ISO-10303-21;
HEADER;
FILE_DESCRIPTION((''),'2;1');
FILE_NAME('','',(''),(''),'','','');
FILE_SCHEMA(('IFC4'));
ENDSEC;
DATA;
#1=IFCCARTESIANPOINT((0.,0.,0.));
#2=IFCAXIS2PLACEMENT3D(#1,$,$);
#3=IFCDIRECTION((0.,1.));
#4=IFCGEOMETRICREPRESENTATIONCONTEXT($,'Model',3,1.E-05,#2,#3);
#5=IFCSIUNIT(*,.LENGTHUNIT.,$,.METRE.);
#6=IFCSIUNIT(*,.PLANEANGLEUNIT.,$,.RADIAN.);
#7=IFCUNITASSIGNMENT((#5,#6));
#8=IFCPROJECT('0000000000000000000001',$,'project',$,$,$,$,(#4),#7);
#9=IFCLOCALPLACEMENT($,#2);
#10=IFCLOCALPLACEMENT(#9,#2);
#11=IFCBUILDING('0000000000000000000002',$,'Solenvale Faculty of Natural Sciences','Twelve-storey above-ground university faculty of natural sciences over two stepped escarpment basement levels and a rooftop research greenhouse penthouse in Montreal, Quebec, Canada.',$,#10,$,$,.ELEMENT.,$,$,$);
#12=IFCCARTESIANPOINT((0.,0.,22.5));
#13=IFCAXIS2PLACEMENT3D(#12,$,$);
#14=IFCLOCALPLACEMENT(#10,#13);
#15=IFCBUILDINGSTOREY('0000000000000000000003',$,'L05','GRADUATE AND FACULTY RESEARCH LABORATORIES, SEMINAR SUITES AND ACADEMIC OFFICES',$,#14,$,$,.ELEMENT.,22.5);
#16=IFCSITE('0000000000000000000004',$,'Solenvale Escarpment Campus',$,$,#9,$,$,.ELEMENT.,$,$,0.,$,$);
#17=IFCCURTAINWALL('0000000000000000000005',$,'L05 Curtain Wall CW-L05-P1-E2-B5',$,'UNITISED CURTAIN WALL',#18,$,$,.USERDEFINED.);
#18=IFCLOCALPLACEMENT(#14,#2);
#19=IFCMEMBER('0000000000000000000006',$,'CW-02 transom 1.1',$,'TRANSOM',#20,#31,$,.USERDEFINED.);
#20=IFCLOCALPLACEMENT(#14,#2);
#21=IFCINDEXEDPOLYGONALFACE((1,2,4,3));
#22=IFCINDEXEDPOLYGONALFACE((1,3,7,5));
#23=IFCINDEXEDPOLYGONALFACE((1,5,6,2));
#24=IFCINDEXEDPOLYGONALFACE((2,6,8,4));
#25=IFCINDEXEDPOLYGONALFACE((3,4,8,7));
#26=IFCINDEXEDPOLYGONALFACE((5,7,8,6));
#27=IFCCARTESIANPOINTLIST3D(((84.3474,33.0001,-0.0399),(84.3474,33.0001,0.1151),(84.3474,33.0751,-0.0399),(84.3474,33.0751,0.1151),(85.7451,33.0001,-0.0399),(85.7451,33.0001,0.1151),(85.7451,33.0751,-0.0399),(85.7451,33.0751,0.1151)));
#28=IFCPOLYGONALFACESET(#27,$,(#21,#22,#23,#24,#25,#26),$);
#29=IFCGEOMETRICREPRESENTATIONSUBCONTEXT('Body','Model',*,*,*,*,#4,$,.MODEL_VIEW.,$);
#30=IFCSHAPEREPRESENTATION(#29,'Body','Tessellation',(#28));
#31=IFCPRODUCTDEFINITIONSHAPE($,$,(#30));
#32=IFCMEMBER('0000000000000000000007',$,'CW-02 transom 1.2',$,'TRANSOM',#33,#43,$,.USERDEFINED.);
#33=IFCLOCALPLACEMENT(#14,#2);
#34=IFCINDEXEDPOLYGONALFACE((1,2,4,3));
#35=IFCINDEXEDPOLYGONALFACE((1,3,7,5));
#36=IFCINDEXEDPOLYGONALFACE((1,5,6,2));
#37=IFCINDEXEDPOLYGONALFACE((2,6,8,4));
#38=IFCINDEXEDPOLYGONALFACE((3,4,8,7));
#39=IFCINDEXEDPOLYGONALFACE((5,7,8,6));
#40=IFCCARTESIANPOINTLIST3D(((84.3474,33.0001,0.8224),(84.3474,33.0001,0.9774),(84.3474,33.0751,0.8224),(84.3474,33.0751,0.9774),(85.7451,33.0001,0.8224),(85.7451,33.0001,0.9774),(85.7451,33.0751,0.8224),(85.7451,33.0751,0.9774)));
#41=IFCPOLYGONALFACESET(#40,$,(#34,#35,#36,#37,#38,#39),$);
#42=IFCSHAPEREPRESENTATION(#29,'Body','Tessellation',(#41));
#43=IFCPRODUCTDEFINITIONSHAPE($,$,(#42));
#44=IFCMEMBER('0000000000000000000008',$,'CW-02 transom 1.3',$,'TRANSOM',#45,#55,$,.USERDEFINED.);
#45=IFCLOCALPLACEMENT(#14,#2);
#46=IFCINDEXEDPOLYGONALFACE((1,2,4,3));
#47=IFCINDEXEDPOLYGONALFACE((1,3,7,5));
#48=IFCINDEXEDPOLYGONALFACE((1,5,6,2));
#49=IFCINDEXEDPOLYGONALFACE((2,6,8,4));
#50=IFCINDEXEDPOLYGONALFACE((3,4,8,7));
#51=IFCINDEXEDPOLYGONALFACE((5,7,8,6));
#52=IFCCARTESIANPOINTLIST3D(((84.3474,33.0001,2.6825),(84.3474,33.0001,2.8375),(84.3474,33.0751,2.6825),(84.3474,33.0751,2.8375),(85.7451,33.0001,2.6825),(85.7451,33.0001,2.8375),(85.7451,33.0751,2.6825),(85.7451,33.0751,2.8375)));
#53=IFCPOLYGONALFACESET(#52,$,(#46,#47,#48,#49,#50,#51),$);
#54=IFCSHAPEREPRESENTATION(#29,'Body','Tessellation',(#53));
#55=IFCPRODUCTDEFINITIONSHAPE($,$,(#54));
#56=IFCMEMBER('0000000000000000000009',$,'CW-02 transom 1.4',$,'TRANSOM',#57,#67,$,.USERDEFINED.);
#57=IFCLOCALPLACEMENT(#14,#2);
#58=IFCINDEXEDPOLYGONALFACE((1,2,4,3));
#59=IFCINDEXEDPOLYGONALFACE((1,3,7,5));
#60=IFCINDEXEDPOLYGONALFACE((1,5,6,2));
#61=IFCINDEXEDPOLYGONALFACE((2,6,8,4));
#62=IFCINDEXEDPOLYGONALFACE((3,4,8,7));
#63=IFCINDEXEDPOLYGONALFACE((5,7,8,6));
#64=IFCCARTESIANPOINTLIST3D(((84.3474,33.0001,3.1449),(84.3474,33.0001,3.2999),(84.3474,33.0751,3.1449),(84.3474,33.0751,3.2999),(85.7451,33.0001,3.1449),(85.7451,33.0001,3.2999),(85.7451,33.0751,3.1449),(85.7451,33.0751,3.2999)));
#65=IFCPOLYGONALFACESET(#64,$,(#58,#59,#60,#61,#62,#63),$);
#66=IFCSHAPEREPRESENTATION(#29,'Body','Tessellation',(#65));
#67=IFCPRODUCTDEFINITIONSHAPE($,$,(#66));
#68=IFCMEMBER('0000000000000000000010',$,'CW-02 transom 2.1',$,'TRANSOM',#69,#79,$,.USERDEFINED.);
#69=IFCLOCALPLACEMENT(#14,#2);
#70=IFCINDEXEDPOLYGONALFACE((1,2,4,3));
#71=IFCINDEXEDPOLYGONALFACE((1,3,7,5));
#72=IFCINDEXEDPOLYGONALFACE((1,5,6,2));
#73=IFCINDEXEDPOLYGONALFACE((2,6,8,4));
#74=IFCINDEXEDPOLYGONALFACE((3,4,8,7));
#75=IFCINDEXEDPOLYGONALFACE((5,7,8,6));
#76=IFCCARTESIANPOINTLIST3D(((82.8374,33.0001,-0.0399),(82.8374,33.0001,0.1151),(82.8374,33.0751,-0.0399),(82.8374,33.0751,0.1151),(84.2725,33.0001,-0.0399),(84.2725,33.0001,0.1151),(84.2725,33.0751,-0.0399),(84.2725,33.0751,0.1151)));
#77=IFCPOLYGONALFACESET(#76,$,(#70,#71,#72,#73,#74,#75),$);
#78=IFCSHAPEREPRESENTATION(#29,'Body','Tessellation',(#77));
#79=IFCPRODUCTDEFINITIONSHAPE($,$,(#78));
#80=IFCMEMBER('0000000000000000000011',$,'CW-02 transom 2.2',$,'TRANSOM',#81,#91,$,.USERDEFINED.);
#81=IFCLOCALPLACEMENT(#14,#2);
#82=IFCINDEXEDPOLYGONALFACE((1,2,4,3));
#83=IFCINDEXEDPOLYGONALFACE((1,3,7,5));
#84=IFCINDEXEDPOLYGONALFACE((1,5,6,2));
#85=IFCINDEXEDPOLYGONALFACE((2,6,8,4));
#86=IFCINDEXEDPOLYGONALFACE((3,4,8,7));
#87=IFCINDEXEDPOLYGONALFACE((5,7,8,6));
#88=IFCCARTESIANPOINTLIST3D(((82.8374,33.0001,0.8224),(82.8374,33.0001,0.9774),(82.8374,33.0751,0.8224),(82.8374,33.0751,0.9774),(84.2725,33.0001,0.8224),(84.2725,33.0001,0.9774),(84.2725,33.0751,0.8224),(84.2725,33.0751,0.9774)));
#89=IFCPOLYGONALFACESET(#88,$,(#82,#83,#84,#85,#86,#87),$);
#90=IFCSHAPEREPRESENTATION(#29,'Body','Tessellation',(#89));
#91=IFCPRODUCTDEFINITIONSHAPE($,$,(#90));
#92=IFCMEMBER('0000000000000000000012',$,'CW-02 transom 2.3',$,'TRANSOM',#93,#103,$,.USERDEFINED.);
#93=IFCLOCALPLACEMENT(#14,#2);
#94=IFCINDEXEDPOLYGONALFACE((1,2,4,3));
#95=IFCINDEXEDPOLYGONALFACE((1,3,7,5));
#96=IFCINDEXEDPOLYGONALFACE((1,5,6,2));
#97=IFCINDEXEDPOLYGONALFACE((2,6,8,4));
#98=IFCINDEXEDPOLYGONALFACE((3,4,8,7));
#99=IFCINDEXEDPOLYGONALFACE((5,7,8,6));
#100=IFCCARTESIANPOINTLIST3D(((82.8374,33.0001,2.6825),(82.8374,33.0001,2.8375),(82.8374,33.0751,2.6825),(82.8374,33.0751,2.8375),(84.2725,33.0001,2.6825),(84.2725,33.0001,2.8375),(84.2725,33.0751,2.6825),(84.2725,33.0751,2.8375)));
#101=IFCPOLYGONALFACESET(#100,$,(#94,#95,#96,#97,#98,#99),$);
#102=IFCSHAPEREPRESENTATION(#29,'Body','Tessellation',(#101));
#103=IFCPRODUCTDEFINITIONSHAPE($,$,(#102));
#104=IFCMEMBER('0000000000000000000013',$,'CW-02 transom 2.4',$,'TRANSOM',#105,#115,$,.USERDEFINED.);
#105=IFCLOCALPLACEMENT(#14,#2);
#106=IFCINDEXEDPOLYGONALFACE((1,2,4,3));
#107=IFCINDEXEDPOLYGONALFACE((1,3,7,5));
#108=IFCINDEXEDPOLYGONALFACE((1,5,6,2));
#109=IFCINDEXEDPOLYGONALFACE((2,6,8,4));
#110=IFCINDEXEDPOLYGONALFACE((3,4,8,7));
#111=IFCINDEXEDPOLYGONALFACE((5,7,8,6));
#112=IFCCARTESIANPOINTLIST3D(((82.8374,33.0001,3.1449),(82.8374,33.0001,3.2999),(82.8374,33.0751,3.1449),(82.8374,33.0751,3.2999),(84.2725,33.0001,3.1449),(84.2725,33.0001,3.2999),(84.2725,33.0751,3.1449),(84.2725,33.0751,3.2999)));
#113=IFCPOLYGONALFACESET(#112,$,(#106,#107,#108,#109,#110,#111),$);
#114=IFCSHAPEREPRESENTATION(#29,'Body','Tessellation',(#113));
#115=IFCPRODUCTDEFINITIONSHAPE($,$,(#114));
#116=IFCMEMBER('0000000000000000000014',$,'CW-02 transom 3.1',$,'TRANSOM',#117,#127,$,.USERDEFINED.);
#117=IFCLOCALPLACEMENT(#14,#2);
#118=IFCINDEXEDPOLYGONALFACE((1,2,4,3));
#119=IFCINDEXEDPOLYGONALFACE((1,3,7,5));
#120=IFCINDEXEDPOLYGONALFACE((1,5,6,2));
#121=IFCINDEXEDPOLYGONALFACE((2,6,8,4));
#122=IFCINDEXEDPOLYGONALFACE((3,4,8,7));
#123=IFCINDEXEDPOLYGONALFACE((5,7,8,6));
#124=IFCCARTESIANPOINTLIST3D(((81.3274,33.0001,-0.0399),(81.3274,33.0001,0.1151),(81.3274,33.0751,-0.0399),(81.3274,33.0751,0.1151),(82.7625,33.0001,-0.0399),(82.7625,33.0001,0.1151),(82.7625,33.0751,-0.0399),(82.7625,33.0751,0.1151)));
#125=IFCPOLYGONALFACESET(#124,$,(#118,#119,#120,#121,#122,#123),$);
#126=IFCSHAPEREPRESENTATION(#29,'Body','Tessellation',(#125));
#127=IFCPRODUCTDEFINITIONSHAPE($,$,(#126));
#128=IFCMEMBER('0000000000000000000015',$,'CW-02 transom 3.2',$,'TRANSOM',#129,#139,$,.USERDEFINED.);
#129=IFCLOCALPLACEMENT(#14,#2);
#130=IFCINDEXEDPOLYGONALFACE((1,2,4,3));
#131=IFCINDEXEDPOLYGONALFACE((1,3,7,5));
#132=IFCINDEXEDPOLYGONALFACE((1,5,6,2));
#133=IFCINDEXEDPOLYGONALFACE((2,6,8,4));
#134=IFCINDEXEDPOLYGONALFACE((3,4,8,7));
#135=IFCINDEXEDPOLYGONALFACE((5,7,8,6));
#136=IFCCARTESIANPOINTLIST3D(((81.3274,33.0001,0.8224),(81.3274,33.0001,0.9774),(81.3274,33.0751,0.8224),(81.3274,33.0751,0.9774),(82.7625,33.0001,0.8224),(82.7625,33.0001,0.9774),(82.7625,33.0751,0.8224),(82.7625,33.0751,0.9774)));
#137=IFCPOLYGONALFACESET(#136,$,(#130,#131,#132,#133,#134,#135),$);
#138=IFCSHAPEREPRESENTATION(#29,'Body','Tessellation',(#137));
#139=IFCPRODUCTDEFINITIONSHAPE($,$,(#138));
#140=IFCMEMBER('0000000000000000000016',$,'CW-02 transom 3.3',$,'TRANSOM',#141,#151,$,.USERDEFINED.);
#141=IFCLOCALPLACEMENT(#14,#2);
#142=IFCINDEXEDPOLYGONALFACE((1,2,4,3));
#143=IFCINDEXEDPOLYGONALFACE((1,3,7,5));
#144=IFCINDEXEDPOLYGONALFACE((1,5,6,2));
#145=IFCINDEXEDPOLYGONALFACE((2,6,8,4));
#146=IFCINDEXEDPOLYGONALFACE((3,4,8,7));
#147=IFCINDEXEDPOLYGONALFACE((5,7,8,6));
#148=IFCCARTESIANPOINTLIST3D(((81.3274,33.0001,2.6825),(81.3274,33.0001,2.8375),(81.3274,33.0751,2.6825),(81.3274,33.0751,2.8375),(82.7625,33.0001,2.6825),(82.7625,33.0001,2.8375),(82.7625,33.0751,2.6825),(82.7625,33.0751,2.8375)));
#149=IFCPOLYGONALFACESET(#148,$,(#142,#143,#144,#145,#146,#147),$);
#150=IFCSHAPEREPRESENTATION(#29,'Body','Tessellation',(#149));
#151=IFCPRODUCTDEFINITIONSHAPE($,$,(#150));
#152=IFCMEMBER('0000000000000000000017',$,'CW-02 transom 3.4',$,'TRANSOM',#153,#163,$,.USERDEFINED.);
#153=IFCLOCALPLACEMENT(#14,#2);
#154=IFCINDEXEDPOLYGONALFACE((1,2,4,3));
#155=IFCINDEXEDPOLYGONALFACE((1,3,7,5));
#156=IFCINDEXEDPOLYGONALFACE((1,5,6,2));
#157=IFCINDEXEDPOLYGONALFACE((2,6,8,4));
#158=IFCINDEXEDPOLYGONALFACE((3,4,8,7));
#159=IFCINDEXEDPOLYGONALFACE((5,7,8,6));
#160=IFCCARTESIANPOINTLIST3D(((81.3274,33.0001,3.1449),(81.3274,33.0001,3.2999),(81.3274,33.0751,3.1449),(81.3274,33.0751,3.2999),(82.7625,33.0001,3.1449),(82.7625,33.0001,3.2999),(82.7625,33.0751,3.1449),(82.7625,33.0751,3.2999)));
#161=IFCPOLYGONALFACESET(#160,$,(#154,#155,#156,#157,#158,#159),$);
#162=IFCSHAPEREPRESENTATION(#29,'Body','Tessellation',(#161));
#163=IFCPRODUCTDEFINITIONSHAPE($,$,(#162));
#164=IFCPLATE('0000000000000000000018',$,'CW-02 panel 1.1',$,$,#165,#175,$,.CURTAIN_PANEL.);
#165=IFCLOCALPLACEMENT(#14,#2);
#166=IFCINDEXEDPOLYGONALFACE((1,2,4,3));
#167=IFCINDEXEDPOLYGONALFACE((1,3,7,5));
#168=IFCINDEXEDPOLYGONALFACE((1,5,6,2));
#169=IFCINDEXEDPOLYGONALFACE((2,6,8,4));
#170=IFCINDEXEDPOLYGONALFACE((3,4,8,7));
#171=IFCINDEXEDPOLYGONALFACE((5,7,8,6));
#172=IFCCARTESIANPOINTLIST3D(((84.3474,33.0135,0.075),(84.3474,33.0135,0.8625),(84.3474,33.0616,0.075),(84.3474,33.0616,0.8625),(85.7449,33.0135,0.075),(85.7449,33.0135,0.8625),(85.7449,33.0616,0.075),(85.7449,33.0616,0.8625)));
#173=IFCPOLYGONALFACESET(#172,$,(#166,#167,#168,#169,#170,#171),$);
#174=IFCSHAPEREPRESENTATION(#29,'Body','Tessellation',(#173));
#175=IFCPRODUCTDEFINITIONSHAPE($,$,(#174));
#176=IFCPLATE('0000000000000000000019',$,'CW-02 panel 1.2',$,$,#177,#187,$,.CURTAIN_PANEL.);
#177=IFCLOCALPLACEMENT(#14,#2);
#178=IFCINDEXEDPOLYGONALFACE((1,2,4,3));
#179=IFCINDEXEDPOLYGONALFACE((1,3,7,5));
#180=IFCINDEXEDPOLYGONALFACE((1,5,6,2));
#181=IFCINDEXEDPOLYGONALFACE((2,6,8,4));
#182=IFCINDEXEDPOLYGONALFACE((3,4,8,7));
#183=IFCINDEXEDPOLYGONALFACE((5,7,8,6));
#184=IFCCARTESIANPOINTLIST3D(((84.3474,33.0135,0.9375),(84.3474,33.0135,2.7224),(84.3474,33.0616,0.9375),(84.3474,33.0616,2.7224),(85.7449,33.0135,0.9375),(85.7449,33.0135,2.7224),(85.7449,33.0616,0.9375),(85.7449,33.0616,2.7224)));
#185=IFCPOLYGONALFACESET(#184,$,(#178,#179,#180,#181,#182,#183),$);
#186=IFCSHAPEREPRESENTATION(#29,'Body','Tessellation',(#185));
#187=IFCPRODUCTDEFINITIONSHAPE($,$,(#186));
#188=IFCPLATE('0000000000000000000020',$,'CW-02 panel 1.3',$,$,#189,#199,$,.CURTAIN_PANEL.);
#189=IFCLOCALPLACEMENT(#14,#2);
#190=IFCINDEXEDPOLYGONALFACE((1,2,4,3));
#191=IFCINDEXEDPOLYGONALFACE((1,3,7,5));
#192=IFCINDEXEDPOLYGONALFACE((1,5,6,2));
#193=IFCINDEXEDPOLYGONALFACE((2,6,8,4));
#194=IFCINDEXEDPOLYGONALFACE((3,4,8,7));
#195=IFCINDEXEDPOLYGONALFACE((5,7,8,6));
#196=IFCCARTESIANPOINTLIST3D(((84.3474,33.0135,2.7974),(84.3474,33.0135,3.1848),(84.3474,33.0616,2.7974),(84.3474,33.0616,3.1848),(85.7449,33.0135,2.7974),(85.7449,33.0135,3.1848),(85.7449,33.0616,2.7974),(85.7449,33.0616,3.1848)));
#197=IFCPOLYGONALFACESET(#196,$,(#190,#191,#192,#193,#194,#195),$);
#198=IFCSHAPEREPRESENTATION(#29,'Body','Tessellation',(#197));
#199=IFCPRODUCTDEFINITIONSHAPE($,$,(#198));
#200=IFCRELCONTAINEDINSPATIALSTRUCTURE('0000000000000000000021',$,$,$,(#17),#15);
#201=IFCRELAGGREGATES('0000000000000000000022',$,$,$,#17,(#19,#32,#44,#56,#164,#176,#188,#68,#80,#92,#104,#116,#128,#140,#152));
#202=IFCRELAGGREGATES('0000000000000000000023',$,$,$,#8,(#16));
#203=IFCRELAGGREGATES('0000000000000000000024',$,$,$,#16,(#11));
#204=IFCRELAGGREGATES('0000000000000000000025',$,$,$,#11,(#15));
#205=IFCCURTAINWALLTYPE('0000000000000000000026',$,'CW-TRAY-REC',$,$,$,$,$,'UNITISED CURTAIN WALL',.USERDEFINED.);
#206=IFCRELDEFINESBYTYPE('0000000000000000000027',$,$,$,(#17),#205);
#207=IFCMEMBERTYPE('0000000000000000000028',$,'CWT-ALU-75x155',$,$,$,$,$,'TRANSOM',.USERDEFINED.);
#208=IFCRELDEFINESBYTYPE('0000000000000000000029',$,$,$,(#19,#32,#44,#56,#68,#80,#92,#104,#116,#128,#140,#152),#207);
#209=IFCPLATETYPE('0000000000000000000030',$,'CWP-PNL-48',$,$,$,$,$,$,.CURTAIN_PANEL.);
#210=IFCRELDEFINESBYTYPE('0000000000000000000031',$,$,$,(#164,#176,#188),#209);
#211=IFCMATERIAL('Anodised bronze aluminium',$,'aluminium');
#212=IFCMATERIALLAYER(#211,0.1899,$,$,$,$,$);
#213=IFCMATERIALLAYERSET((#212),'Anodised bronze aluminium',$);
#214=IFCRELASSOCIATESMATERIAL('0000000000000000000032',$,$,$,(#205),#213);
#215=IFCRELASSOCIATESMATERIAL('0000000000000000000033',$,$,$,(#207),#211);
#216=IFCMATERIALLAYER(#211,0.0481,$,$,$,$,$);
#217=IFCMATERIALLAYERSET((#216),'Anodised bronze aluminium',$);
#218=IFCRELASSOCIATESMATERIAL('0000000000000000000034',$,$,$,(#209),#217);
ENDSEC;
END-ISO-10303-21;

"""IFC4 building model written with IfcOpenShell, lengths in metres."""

from ifc_helpers import new_model, si_unit, direction, frame, origin, origin_2d, place, context, subcontext, project, spatial, rectangle, extrude, material, layer, layer_set, material_profile, profile_set, type_object, element, aggregate, save


model = new_model("IFC4")

# Units and contexts
model_context = context("Model", 3, precision=1e-05, world=origin(), true_north=direction((0.0, 1.0)))
body_context = subcontext(model_context, "Body", "Model", "MODEL_VIEW")
ifc_project = project(units=[si_unit("LENGTHUNIT", "METRE"), si_unit("PLANEANGLEUNIT", "RADIAN")], contexts=[model_context])

# Site, building, storey
site_placement = place(None, origin())
site = spatial("IfcSite", under=ifc_project, at=site_placement, Name="Solenvale Escarpment Campus", CompositionType="ELEMENT", RefElevation=0.0)
building_placement = place(site_placement, origin())
building = spatial("IfcBuilding", under=site, at=building_placement, Name="Solenvale Faculty of Natural Sciences", Description="Twelve-storey above-ground university faculty of natural sciences over two stepped escarpment basement levels and a rooftop research greenhouse penthouse in Montreal, Quebec, Canada.", CompositionType="ELEMENT")
storey_placement = place(building_placement, frame((0.0, 0.0, 22.5)))
storey = spatial("IfcBuildingStorey", under=building, at=storey_placement, Name="L05", Description="GRADUATE AND FACULTY RESEARCH LABORATORIES, SEMINAR SUITES AND ACADEMIC OFFICES", CompositionType="ELEMENT", Elevation=22.5)

# Shared definitions
ifc_material_1 = material(Name="Anodised bronze aluminium", Category="aluminium")
ifc_layer_1 = layer(ifc_material_1, 0.1899)
ifc_layer_set_1 = layer_set([ifc_layer_1], Name="Anodised bronze aluminium")
curtain_wall_type = type_object("IfcCurtainWallType", Name="CW-TRAY-REC", ElementType="UNITISED CURTAIN WALL", PredefinedType="USERDEFINED", material=ifc_layer_set_1)

# Curtain wall, members, plates
curtain_wall_1_placement = place(storey_placement, origin())
curtain_wall_1 = element("IfcCurtainWall", 1, at=curtain_wall_1_placement, inside=storey, type_object=curtain_wall_type, Name="L05 Curtain Wall CW-L05-P1-E2-B5", ObjectType="UNITISED CURTAIN WALL", PredefinedType="USERDEFINED")
ifc_material_profile_1 = material_profile(ifc_material_1, rectangle(XDim=0.075, YDim=0.155, at=origin_2d()), Name="ALU-TRN-75x155")
ifc_profile_set_1 = profile_set([ifc_material_profile_1], Name="Anodised bronze aluminium")
member_type_1 = type_object("IfcMemberType", Name="CWT-ALU-75x155", ElementType="TRANSOM", PredefinedType="USERDEFINED", material=ifc_profile_set_1)
member_1_placement = place(storey_placement, frame((85.7451, 33.0376, 0.0376), z_axis=(-1.0, 0.0, 0.0), x_axis=(0.0, -1.0, 0.0)))
member_1 = element("IfcMember", 2, at=member_1_placement, type_object=member_type_1, Name="CW-02 transom 1.1", ObjectType="TRANSOM", PredefinedType="USERDEFINED", context=body_context, shape_type="SweptSolid", body=[
    extrude(rectangle(XDim=0.075, YDim=0.155, at=origin_2d()), origin(), (0.0, 0.0, 1.0), 1.3977),
])
member_2_placement = place(storey_placement, frame((85.7451, 33.0376, 0.8999), z_axis=(-1.0, 0.0, 0.0), x_axis=(0.0, -1.0, 0.0)))
member_2 = element("IfcMember", 3, at=member_2_placement, type_object=member_type_1, Name="CW-02 transom 1.2", ObjectType="TRANSOM", PredefinedType="USERDEFINED", context=body_context, shape_type="SweptSolid", body=[
    extrude(rectangle(XDim=0.075, YDim=0.155, at=origin_2d()), origin(), (0.0, 0.0, 1.0), 1.3977),
])
member_3_placement = place(storey_placement, frame((85.7451, 33.0376, 2.76), z_axis=(-1.0, 0.0, 0.0), x_axis=(0.0, -1.0, 0.0)))
member_3 = element("IfcMember", 4, at=member_3_placement, type_object=member_type_1, Name="CW-02 transom 1.3", ObjectType="TRANSOM", PredefinedType="USERDEFINED", context=body_context, shape_type="SweptSolid", body=[
    extrude(rectangle(XDim=0.075, YDim=0.155, at=origin_2d()), origin(), (0.0, 0.0, 1.0), 1.3977),
])
member_4_placement = place(storey_placement, frame((85.7451, 33.0376, 3.2224), z_axis=(-1.0, 0.0, 0.0), x_axis=(0.0, -1.0, 0.0)))
member_4 = element("IfcMember", 5, at=member_4_placement, type_object=member_type_1, Name="CW-02 transom 1.4", ObjectType="TRANSOM", PredefinedType="USERDEFINED", context=body_context, shape_type="SweptSolid", body=[
    extrude(rectangle(XDim=0.075, YDim=0.155, at=origin_2d()), origin(), (0.0, 0.0, 1.0), 1.3977),
])
member_5_placement = place(storey_placement, frame((84.2725, 33.0376, 0.0376), z_axis=(-1.0, 0.0, 0.0), x_axis=(0.0, -1.0, 0.0)))
member_5 = element("IfcMember", 6, at=member_5_placement, type_object=member_type_1, Name="CW-02 transom 2.1", ObjectType="TRANSOM", PredefinedType="USERDEFINED", context=body_context, shape_type="SweptSolid", body=[
    extrude(rectangle(XDim=0.075, YDim=0.155, at=origin_2d()), origin(), (0.0, 0.0, 1.0), 1.4351),
])
member_6_placement = place(storey_placement, frame((84.2725, 33.0376, 0.8999), z_axis=(-1.0, 0.0, 0.0), x_axis=(0.0, -1.0, 0.0)))
member_6 = element("IfcMember", 7, at=member_6_placement, type_object=member_type_1, Name="CW-02 transom 2.2", ObjectType="TRANSOM", PredefinedType="USERDEFINED", context=body_context, shape_type="SweptSolid", body=[
    extrude(rectangle(XDim=0.075, YDim=0.155, at=origin_2d()), origin(), (0.0, 0.0, 1.0), 1.4351),
])
member_7_placement = place(storey_placement, frame((84.2725, 33.0376, 2.76), z_axis=(-1.0, 0.0, 0.0), x_axis=(0.0, -1.0, 0.0)))
member_7 = element("IfcMember", 8, at=member_7_placement, type_object=member_type_1, Name="CW-02 transom 2.3", ObjectType="TRANSOM", PredefinedType="USERDEFINED", context=body_context, shape_type="SweptSolid", body=[
    extrude(rectangle(XDim=0.075, YDim=0.155, at=origin_2d()), origin(), (0.0, 0.0, 1.0), 1.4351),
])
member_8_placement = place(storey_placement, frame((84.2725, 33.0376, 3.2224), z_axis=(-1.0, 0.0, 0.0), x_axis=(0.0, -1.0, 0.0)))
member_8 = element("IfcMember", 9, at=member_8_placement, type_object=member_type_1, Name="CW-02 transom 2.4", ObjectType="TRANSOM", PredefinedType="USERDEFINED", context=body_context, shape_type="SweptSolid", body=[
    extrude(rectangle(XDim=0.075, YDim=0.155, at=origin_2d()), origin(), (0.0, 0.0, 1.0), 1.4351),
])
member_9_placement = place(storey_placement, frame((82.7625, 33.0376, 0.0376), z_axis=(-1.0, 0.0, 0.0), x_axis=(0.0, -1.0, 0.0)))
member_9 = element("IfcMember", 10, at=member_9_placement, type_object=member_type_1, Name="CW-02 transom 3.1", ObjectType="TRANSOM", PredefinedType="USERDEFINED", context=body_context, shape_type="SweptSolid", body=[
    extrude(rectangle(XDim=0.075, YDim=0.155, at=origin_2d()), origin(), (0.0, 0.0, 1.0), 1.4351),
])
member_10_placement = place(storey_placement, frame((82.7625, 33.0376, 0.8999), z_axis=(-1.0, 0.0, 0.0), x_axis=(0.0, -1.0, 0.0)))
member_10 = element("IfcMember", 11, at=member_10_placement, type_object=member_type_1, Name="CW-02 transom 3.2", ObjectType="TRANSOM", PredefinedType="USERDEFINED", context=body_context, shape_type="SweptSolid", body=[
    extrude(rectangle(XDim=0.075, YDim=0.155, at=origin_2d()), origin(), (0.0, 0.0, 1.0), 1.4351),
])
member_11_placement = place(storey_placement, frame((82.7625, 33.0376, 2.76), z_axis=(-1.0, 0.0, 0.0), x_axis=(0.0, -1.0, 0.0)))
member_11 = element("IfcMember", 12, at=member_11_placement, type_object=member_type_1, Name="CW-02 transom 3.3", ObjectType="TRANSOM", PredefinedType="USERDEFINED", context=body_context, shape_type="SweptSolid", body=[
    extrude(rectangle(XDim=0.075, YDim=0.155, at=origin_2d()), origin(), (0.0, 0.0, 1.0), 1.4351),
])
member_12_placement = place(storey_placement, frame((82.7625, 33.0376, 3.2224), z_axis=(-1.0, 0.0, 0.0), x_axis=(0.0, -1.0, 0.0)))
member_12 = element("IfcMember", 13, at=member_12_placement, type_object=member_type_1, Name="CW-02 transom 3.4", ObjectType="TRANSOM", PredefinedType="USERDEFINED", context=body_context, shape_type="SweptSolid", body=[
    extrude(rectangle(XDim=0.075, YDim=0.155, at=origin_2d()), origin(), (0.0, 0.0, 1.0), 1.4351),
])
ifc_layer_2 = layer(ifc_material_1, 0.0481)
ifc_layer_set_2 = layer_set([ifc_layer_2], Name="Anodised bronze aluminium")
plate_type = type_object("IfcPlateType", Name="CWP-PNL-48", PredefinedType="CURTAIN_PANEL", material=ifc_layer_set_2)
plate_1_placement = place(storey_placement, frame((85.0461, 33.0376, 0.075), z_axis=(0.0, 0.0, 1.0), x_axis=(-1.0, 0.0, 0.0)))
plate_1 = element("IfcPlate", 14, at=plate_1_placement, type_object=plate_type, Name="CW-02 panel 1.1", PredefinedType="CURTAIN_PANEL", context=body_context, shape_type="SweptSolid", body=[
    extrude(rectangle(XDim=1.3975, YDim=0.0481, at=origin_2d()), origin(), (0.0, 0.0, 1.0), 0.7876),
])
plate_2_placement = place(storey_placement, frame((85.0461, 33.0376, 0.9375), z_axis=(0.0, 0.0, 1.0), x_axis=(-1.0, 0.0, 0.0)))
plate_2 = element("IfcPlate", 15, at=plate_2_placement, type_object=plate_type, Name="CW-02 panel 1.2", PredefinedType="CURTAIN_PANEL", context=body_context, shape_type="SweptSolid", body=[
    extrude(rectangle(XDim=1.3975, YDim=0.0481, at=origin_2d()), origin(), (0.0, 0.0, 1.0), 1.7849),
])
plate_3_placement = place(storey_placement, frame((85.0461, 33.0376, 2.7974), z_axis=(0.0, 0.0, 1.0), x_axis=(-1.0, 0.0, 0.0)))
plate_3 = element("IfcPlate", 16, at=plate_3_placement, type_object=plate_type, Name="CW-02 panel 1.3", PredefinedType="CURTAIN_PANEL", context=body_context, shape_type="SweptSolid", body=[
    extrude(rectangle(XDim=1.3975, YDim=0.0481, at=origin_2d()), origin(), (0.0, 0.0, 1.0), 0.3875),
])
aggregate(curtain_wall_1, [member_1, member_2, member_3, member_4, plate_1, plate_2, plate_3, member_5, member_6, member_7, member_8, member_9, member_10, member_11, member_12])

save(model, "model.ifc")
